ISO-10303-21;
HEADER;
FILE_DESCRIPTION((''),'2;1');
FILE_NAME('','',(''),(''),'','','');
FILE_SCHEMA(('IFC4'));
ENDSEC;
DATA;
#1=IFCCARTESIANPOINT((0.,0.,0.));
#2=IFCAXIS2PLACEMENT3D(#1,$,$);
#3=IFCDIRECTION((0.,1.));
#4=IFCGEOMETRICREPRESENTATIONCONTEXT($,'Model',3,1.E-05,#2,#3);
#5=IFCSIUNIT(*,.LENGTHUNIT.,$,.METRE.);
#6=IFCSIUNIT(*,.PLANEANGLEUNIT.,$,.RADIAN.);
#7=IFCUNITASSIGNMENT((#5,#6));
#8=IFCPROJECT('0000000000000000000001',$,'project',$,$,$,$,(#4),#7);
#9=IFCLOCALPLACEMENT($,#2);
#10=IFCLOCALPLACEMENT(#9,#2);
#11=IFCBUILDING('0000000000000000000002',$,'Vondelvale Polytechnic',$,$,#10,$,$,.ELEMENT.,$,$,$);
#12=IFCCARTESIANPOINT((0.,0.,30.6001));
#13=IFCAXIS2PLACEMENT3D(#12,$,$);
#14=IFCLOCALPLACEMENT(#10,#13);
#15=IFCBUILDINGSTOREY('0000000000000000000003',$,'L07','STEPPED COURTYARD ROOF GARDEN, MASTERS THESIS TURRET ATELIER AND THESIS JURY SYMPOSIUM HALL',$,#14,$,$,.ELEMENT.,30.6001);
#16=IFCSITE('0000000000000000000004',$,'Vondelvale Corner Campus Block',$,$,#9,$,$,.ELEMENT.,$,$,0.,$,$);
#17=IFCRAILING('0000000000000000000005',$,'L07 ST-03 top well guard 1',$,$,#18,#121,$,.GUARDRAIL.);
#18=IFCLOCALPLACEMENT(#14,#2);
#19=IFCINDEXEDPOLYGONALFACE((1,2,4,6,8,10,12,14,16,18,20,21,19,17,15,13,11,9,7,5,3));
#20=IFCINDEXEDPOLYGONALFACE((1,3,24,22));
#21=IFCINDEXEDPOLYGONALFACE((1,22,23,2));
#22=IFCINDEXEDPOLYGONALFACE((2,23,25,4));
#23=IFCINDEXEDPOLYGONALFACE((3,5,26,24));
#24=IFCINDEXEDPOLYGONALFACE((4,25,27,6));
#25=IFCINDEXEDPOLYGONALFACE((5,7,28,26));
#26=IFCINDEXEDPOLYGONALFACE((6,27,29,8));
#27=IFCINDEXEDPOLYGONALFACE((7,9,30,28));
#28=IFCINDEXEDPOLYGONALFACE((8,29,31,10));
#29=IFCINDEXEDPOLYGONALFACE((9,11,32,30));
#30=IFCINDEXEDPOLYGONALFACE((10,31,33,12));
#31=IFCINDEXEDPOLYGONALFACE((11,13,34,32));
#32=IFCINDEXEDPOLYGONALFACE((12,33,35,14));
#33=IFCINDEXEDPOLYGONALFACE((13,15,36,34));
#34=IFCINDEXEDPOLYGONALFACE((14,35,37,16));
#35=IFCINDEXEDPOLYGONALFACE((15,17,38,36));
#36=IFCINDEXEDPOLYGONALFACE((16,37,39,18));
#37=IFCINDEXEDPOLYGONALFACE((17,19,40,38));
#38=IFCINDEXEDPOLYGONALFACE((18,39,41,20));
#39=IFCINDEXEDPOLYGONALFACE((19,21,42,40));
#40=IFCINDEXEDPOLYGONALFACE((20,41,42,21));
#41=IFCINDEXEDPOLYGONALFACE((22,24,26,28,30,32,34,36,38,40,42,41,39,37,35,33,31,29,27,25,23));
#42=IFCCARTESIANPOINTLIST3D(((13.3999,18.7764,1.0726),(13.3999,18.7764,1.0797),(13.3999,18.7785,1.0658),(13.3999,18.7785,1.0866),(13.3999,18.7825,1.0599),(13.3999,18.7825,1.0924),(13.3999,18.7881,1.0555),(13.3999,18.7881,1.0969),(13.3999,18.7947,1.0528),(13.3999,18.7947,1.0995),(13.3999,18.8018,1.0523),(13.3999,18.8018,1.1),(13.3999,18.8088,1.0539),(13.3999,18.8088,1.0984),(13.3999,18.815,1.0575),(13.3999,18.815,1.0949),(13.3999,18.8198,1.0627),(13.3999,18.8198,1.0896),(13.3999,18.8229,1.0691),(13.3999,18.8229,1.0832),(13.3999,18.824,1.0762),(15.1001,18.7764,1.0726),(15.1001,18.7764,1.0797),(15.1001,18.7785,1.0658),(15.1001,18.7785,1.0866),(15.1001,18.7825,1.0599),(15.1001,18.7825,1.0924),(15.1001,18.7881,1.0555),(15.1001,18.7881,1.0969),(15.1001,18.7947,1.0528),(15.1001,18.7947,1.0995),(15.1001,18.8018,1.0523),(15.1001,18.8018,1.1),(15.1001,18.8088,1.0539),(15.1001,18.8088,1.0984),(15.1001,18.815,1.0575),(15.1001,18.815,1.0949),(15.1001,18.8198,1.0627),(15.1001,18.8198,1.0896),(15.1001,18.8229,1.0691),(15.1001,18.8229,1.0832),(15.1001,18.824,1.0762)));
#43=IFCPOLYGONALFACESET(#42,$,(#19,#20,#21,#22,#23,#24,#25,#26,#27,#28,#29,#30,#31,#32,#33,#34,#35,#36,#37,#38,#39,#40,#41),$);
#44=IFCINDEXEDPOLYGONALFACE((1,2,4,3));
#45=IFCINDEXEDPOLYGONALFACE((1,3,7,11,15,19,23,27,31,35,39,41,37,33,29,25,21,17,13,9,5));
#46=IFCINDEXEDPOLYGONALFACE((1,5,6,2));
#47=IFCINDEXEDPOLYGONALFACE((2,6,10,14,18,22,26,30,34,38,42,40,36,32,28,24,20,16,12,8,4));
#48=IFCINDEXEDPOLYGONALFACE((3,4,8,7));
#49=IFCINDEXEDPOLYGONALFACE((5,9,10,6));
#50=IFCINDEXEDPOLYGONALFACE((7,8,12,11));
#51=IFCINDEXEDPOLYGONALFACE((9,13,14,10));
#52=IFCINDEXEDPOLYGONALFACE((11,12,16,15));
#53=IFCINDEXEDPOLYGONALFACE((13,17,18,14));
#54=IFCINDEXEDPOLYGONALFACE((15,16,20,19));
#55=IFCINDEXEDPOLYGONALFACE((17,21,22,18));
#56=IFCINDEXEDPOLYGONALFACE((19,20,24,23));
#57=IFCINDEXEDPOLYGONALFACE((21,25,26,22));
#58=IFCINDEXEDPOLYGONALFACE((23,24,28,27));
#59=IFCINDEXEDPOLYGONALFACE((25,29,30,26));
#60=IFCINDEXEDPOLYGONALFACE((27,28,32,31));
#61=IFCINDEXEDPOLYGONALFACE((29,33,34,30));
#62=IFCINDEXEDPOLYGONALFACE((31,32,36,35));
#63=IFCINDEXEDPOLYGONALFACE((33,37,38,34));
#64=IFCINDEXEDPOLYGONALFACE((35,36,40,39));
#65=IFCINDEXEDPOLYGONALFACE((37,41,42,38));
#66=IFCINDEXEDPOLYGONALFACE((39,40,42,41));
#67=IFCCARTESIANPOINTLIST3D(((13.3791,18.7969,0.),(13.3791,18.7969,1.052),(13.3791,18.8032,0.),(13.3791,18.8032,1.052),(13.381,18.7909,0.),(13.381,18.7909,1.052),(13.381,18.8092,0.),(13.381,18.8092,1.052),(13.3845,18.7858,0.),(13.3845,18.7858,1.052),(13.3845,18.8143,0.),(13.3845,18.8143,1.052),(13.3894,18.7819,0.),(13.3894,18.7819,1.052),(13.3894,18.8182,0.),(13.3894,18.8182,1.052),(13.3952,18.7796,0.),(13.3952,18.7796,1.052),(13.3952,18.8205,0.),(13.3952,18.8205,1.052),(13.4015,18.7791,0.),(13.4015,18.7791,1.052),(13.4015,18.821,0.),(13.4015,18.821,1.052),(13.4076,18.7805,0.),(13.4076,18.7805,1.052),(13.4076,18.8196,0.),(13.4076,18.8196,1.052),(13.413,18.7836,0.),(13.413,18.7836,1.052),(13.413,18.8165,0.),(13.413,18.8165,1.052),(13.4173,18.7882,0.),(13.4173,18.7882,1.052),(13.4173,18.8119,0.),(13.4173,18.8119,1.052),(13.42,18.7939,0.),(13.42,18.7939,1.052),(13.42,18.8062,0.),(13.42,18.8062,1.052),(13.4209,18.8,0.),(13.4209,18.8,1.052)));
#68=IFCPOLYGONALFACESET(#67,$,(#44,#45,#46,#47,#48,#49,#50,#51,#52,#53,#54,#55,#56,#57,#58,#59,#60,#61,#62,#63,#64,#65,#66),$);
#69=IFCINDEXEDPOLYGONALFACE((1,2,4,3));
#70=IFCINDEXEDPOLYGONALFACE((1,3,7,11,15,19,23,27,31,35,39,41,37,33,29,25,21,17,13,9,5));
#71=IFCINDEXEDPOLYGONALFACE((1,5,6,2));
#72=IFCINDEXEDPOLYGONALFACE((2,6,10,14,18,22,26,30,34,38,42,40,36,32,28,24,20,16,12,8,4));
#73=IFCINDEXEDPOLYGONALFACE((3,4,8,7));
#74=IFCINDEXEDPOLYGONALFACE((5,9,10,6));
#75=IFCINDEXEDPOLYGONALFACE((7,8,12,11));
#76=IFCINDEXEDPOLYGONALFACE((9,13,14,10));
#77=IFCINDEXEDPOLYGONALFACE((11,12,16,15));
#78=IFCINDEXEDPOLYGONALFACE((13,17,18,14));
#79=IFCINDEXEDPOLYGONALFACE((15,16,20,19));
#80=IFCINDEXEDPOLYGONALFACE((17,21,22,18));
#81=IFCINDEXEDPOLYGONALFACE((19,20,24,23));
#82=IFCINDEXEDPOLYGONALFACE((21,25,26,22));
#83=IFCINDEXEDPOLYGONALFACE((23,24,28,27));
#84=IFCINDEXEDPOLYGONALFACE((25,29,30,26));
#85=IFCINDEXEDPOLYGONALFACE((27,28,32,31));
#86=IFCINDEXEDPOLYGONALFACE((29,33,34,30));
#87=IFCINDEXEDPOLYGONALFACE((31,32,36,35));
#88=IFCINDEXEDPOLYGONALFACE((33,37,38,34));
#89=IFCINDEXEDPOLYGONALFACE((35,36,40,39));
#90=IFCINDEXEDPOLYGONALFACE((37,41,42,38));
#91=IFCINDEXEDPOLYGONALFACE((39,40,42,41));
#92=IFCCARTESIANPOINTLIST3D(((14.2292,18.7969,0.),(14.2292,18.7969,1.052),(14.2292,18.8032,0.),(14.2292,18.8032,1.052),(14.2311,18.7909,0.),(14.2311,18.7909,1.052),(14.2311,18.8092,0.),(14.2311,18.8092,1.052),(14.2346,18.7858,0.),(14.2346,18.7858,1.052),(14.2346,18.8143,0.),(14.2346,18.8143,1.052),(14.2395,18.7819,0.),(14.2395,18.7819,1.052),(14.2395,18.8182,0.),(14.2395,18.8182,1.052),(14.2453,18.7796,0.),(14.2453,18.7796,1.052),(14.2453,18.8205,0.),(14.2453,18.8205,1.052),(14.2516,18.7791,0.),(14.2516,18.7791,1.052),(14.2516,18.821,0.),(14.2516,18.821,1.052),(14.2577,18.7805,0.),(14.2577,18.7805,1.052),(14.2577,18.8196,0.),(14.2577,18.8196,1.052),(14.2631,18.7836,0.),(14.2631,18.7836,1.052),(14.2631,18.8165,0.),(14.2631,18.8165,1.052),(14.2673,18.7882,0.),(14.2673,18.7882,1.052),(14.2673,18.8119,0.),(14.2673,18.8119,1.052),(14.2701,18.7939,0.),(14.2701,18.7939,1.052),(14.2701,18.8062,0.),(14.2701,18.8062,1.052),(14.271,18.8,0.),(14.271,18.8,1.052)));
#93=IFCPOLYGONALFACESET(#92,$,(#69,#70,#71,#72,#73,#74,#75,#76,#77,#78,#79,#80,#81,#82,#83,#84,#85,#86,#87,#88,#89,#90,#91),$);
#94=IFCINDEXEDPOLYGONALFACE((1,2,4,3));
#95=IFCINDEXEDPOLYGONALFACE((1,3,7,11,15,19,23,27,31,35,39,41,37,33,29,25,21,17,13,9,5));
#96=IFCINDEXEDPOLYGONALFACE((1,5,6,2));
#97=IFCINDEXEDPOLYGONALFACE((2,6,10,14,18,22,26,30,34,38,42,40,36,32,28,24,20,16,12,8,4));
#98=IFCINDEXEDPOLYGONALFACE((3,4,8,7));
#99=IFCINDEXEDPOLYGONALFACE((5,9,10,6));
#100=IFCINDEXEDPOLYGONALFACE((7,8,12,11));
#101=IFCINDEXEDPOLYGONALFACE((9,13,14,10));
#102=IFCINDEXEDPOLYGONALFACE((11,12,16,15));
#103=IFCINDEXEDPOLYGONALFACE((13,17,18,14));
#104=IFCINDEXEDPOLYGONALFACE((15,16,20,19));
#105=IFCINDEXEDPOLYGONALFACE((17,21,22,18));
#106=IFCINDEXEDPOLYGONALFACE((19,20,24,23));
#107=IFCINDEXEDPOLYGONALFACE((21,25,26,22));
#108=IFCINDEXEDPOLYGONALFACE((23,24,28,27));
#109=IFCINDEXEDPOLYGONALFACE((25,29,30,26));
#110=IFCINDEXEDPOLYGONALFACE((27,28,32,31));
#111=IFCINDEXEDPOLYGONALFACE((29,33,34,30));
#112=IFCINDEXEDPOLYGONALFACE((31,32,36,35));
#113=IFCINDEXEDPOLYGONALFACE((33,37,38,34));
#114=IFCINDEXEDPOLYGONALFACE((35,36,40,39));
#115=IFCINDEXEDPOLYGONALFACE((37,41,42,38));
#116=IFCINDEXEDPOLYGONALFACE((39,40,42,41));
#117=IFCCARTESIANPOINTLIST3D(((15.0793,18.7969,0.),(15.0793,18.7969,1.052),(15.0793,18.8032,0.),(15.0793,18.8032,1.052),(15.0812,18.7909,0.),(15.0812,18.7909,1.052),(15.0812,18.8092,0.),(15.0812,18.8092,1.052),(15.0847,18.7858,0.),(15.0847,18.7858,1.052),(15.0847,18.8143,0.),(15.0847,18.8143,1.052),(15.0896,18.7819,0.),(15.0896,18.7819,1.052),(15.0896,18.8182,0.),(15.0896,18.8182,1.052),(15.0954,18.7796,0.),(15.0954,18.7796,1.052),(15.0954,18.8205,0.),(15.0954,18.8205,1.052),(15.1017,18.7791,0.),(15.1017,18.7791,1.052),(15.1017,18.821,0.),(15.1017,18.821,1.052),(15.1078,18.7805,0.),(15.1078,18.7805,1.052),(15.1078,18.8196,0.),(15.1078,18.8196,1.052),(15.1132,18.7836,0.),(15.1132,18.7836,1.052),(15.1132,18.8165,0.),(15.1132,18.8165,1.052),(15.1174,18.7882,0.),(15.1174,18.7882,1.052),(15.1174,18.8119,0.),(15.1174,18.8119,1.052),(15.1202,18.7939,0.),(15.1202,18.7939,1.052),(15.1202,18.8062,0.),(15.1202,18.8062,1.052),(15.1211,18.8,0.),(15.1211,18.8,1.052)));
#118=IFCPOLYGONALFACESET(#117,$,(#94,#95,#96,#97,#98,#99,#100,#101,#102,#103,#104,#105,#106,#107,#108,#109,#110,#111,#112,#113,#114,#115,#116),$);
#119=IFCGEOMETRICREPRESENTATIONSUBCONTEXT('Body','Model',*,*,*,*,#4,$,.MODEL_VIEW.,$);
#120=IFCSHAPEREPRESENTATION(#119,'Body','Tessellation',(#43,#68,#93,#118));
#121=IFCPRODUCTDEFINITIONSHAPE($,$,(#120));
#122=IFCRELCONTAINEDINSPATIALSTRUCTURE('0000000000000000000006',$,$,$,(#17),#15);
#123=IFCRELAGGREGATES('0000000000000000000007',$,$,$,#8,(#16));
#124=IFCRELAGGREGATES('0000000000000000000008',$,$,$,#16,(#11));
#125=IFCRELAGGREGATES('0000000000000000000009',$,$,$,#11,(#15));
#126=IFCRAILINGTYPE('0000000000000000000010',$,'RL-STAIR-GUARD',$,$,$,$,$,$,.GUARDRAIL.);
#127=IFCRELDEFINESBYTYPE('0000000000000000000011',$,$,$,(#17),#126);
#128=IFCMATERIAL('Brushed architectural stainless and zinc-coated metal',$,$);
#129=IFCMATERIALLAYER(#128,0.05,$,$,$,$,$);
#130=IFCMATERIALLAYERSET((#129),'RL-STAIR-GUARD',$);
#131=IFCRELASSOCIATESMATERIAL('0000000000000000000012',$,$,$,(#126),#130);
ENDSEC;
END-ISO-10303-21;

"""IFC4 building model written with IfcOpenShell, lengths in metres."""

from ifc_helpers import new_model, si_unit, direction, frame, origin, origin_2d, place, context, subcontext, project, spatial, circle, extrude, material, layer, layer_set, type_object, element, save


model = new_model("IFC4")

# Units and contexts
model_context = context("Model", 3, precision=1e-05, world=origin(), true_north=direction((0.0, 1.0)))
body_context = subcontext(model_context, "Body", "Model", "MODEL_VIEW")
ifc_project = project(units=[si_unit("LENGTHUNIT", "METRE"), si_unit("PLANEANGLEUNIT", "RADIAN")], contexts=[model_context])

# Site, building, storey
site_placement = place(None, origin())
site = spatial("IfcSite", under=ifc_project, at=site_placement, Name="Vondelvale Corner Campus Block", CompositionType="ELEMENT", RefElevation=0.0)
building_placement = place(site_placement, origin())
building = spatial("IfcBuilding", under=site, at=building_placement, Name="Vondelvale Polytechnic", CompositionType="ELEMENT")
storey_placement = place(building_placement, frame((0.0, 0.0, 30.6001)))
storey = spatial("IfcBuildingStorey", under=building, at=storey_placement, Name="L07", Description="STEPPED COURTYARD ROOF GARDEN, MASTERS THESIS TURRET ATELIER AND THESIS JURY SYMPOSIUM HALL", CompositionType="ELEMENT", Elevation=30.6001)

# Shared definitions
ifc_material_1 = material(Name="Brushed architectural stainless and zinc-coated metal")

# Railing
ifc_layer_1 = layer(ifc_material_1, 0.05)
ifc_layer_set_1 = layer_set([ifc_layer_1], Name="RL-STAIR-GUARD")
railing_type = type_object("IfcRailingType", Name="RL-STAIR-GUARD", PredefinedType="GUARDRAIL", material=ifc_layer_set_1)
railing_placement = place(storey_placement, frame((13.3999, 18.8, 0.0)))
element("IfcRailing", 1, at=railing_placement, inside=storey, type_object=railing_type, Name="L07 ST-03 top well guard 1", PredefinedType="GUARDRAIL", context=body_context, shape_type="SweptSolid", body=[
    extrude(circle(Radius=0.0239, at=origin_2d()), frame((0.0, 0.0, 1.0762), z_axis=(1.0, 0.0, 0.0), x_axis=(0.0, 1.0, 0.0)), (0.0, 0.0, 1.0), 1.7002),
    extrude(circle(Radius=0.021, at=origin_2d()), origin(), (0.0, 0.0, 1.0), 1.052),
    extrude(circle(Radius=0.021, at=origin_2d()), frame((0.8501, 0.0, 0.0)), (0.0, 0.0, 1.0), 1.052),
    extrude(circle(Radius=0.021, at=origin_2d()), frame((1.7002, 0.0, 0.0)), (0.0, 0.0, 1.0), 1.052),
])

save(model, "model.ifc")
